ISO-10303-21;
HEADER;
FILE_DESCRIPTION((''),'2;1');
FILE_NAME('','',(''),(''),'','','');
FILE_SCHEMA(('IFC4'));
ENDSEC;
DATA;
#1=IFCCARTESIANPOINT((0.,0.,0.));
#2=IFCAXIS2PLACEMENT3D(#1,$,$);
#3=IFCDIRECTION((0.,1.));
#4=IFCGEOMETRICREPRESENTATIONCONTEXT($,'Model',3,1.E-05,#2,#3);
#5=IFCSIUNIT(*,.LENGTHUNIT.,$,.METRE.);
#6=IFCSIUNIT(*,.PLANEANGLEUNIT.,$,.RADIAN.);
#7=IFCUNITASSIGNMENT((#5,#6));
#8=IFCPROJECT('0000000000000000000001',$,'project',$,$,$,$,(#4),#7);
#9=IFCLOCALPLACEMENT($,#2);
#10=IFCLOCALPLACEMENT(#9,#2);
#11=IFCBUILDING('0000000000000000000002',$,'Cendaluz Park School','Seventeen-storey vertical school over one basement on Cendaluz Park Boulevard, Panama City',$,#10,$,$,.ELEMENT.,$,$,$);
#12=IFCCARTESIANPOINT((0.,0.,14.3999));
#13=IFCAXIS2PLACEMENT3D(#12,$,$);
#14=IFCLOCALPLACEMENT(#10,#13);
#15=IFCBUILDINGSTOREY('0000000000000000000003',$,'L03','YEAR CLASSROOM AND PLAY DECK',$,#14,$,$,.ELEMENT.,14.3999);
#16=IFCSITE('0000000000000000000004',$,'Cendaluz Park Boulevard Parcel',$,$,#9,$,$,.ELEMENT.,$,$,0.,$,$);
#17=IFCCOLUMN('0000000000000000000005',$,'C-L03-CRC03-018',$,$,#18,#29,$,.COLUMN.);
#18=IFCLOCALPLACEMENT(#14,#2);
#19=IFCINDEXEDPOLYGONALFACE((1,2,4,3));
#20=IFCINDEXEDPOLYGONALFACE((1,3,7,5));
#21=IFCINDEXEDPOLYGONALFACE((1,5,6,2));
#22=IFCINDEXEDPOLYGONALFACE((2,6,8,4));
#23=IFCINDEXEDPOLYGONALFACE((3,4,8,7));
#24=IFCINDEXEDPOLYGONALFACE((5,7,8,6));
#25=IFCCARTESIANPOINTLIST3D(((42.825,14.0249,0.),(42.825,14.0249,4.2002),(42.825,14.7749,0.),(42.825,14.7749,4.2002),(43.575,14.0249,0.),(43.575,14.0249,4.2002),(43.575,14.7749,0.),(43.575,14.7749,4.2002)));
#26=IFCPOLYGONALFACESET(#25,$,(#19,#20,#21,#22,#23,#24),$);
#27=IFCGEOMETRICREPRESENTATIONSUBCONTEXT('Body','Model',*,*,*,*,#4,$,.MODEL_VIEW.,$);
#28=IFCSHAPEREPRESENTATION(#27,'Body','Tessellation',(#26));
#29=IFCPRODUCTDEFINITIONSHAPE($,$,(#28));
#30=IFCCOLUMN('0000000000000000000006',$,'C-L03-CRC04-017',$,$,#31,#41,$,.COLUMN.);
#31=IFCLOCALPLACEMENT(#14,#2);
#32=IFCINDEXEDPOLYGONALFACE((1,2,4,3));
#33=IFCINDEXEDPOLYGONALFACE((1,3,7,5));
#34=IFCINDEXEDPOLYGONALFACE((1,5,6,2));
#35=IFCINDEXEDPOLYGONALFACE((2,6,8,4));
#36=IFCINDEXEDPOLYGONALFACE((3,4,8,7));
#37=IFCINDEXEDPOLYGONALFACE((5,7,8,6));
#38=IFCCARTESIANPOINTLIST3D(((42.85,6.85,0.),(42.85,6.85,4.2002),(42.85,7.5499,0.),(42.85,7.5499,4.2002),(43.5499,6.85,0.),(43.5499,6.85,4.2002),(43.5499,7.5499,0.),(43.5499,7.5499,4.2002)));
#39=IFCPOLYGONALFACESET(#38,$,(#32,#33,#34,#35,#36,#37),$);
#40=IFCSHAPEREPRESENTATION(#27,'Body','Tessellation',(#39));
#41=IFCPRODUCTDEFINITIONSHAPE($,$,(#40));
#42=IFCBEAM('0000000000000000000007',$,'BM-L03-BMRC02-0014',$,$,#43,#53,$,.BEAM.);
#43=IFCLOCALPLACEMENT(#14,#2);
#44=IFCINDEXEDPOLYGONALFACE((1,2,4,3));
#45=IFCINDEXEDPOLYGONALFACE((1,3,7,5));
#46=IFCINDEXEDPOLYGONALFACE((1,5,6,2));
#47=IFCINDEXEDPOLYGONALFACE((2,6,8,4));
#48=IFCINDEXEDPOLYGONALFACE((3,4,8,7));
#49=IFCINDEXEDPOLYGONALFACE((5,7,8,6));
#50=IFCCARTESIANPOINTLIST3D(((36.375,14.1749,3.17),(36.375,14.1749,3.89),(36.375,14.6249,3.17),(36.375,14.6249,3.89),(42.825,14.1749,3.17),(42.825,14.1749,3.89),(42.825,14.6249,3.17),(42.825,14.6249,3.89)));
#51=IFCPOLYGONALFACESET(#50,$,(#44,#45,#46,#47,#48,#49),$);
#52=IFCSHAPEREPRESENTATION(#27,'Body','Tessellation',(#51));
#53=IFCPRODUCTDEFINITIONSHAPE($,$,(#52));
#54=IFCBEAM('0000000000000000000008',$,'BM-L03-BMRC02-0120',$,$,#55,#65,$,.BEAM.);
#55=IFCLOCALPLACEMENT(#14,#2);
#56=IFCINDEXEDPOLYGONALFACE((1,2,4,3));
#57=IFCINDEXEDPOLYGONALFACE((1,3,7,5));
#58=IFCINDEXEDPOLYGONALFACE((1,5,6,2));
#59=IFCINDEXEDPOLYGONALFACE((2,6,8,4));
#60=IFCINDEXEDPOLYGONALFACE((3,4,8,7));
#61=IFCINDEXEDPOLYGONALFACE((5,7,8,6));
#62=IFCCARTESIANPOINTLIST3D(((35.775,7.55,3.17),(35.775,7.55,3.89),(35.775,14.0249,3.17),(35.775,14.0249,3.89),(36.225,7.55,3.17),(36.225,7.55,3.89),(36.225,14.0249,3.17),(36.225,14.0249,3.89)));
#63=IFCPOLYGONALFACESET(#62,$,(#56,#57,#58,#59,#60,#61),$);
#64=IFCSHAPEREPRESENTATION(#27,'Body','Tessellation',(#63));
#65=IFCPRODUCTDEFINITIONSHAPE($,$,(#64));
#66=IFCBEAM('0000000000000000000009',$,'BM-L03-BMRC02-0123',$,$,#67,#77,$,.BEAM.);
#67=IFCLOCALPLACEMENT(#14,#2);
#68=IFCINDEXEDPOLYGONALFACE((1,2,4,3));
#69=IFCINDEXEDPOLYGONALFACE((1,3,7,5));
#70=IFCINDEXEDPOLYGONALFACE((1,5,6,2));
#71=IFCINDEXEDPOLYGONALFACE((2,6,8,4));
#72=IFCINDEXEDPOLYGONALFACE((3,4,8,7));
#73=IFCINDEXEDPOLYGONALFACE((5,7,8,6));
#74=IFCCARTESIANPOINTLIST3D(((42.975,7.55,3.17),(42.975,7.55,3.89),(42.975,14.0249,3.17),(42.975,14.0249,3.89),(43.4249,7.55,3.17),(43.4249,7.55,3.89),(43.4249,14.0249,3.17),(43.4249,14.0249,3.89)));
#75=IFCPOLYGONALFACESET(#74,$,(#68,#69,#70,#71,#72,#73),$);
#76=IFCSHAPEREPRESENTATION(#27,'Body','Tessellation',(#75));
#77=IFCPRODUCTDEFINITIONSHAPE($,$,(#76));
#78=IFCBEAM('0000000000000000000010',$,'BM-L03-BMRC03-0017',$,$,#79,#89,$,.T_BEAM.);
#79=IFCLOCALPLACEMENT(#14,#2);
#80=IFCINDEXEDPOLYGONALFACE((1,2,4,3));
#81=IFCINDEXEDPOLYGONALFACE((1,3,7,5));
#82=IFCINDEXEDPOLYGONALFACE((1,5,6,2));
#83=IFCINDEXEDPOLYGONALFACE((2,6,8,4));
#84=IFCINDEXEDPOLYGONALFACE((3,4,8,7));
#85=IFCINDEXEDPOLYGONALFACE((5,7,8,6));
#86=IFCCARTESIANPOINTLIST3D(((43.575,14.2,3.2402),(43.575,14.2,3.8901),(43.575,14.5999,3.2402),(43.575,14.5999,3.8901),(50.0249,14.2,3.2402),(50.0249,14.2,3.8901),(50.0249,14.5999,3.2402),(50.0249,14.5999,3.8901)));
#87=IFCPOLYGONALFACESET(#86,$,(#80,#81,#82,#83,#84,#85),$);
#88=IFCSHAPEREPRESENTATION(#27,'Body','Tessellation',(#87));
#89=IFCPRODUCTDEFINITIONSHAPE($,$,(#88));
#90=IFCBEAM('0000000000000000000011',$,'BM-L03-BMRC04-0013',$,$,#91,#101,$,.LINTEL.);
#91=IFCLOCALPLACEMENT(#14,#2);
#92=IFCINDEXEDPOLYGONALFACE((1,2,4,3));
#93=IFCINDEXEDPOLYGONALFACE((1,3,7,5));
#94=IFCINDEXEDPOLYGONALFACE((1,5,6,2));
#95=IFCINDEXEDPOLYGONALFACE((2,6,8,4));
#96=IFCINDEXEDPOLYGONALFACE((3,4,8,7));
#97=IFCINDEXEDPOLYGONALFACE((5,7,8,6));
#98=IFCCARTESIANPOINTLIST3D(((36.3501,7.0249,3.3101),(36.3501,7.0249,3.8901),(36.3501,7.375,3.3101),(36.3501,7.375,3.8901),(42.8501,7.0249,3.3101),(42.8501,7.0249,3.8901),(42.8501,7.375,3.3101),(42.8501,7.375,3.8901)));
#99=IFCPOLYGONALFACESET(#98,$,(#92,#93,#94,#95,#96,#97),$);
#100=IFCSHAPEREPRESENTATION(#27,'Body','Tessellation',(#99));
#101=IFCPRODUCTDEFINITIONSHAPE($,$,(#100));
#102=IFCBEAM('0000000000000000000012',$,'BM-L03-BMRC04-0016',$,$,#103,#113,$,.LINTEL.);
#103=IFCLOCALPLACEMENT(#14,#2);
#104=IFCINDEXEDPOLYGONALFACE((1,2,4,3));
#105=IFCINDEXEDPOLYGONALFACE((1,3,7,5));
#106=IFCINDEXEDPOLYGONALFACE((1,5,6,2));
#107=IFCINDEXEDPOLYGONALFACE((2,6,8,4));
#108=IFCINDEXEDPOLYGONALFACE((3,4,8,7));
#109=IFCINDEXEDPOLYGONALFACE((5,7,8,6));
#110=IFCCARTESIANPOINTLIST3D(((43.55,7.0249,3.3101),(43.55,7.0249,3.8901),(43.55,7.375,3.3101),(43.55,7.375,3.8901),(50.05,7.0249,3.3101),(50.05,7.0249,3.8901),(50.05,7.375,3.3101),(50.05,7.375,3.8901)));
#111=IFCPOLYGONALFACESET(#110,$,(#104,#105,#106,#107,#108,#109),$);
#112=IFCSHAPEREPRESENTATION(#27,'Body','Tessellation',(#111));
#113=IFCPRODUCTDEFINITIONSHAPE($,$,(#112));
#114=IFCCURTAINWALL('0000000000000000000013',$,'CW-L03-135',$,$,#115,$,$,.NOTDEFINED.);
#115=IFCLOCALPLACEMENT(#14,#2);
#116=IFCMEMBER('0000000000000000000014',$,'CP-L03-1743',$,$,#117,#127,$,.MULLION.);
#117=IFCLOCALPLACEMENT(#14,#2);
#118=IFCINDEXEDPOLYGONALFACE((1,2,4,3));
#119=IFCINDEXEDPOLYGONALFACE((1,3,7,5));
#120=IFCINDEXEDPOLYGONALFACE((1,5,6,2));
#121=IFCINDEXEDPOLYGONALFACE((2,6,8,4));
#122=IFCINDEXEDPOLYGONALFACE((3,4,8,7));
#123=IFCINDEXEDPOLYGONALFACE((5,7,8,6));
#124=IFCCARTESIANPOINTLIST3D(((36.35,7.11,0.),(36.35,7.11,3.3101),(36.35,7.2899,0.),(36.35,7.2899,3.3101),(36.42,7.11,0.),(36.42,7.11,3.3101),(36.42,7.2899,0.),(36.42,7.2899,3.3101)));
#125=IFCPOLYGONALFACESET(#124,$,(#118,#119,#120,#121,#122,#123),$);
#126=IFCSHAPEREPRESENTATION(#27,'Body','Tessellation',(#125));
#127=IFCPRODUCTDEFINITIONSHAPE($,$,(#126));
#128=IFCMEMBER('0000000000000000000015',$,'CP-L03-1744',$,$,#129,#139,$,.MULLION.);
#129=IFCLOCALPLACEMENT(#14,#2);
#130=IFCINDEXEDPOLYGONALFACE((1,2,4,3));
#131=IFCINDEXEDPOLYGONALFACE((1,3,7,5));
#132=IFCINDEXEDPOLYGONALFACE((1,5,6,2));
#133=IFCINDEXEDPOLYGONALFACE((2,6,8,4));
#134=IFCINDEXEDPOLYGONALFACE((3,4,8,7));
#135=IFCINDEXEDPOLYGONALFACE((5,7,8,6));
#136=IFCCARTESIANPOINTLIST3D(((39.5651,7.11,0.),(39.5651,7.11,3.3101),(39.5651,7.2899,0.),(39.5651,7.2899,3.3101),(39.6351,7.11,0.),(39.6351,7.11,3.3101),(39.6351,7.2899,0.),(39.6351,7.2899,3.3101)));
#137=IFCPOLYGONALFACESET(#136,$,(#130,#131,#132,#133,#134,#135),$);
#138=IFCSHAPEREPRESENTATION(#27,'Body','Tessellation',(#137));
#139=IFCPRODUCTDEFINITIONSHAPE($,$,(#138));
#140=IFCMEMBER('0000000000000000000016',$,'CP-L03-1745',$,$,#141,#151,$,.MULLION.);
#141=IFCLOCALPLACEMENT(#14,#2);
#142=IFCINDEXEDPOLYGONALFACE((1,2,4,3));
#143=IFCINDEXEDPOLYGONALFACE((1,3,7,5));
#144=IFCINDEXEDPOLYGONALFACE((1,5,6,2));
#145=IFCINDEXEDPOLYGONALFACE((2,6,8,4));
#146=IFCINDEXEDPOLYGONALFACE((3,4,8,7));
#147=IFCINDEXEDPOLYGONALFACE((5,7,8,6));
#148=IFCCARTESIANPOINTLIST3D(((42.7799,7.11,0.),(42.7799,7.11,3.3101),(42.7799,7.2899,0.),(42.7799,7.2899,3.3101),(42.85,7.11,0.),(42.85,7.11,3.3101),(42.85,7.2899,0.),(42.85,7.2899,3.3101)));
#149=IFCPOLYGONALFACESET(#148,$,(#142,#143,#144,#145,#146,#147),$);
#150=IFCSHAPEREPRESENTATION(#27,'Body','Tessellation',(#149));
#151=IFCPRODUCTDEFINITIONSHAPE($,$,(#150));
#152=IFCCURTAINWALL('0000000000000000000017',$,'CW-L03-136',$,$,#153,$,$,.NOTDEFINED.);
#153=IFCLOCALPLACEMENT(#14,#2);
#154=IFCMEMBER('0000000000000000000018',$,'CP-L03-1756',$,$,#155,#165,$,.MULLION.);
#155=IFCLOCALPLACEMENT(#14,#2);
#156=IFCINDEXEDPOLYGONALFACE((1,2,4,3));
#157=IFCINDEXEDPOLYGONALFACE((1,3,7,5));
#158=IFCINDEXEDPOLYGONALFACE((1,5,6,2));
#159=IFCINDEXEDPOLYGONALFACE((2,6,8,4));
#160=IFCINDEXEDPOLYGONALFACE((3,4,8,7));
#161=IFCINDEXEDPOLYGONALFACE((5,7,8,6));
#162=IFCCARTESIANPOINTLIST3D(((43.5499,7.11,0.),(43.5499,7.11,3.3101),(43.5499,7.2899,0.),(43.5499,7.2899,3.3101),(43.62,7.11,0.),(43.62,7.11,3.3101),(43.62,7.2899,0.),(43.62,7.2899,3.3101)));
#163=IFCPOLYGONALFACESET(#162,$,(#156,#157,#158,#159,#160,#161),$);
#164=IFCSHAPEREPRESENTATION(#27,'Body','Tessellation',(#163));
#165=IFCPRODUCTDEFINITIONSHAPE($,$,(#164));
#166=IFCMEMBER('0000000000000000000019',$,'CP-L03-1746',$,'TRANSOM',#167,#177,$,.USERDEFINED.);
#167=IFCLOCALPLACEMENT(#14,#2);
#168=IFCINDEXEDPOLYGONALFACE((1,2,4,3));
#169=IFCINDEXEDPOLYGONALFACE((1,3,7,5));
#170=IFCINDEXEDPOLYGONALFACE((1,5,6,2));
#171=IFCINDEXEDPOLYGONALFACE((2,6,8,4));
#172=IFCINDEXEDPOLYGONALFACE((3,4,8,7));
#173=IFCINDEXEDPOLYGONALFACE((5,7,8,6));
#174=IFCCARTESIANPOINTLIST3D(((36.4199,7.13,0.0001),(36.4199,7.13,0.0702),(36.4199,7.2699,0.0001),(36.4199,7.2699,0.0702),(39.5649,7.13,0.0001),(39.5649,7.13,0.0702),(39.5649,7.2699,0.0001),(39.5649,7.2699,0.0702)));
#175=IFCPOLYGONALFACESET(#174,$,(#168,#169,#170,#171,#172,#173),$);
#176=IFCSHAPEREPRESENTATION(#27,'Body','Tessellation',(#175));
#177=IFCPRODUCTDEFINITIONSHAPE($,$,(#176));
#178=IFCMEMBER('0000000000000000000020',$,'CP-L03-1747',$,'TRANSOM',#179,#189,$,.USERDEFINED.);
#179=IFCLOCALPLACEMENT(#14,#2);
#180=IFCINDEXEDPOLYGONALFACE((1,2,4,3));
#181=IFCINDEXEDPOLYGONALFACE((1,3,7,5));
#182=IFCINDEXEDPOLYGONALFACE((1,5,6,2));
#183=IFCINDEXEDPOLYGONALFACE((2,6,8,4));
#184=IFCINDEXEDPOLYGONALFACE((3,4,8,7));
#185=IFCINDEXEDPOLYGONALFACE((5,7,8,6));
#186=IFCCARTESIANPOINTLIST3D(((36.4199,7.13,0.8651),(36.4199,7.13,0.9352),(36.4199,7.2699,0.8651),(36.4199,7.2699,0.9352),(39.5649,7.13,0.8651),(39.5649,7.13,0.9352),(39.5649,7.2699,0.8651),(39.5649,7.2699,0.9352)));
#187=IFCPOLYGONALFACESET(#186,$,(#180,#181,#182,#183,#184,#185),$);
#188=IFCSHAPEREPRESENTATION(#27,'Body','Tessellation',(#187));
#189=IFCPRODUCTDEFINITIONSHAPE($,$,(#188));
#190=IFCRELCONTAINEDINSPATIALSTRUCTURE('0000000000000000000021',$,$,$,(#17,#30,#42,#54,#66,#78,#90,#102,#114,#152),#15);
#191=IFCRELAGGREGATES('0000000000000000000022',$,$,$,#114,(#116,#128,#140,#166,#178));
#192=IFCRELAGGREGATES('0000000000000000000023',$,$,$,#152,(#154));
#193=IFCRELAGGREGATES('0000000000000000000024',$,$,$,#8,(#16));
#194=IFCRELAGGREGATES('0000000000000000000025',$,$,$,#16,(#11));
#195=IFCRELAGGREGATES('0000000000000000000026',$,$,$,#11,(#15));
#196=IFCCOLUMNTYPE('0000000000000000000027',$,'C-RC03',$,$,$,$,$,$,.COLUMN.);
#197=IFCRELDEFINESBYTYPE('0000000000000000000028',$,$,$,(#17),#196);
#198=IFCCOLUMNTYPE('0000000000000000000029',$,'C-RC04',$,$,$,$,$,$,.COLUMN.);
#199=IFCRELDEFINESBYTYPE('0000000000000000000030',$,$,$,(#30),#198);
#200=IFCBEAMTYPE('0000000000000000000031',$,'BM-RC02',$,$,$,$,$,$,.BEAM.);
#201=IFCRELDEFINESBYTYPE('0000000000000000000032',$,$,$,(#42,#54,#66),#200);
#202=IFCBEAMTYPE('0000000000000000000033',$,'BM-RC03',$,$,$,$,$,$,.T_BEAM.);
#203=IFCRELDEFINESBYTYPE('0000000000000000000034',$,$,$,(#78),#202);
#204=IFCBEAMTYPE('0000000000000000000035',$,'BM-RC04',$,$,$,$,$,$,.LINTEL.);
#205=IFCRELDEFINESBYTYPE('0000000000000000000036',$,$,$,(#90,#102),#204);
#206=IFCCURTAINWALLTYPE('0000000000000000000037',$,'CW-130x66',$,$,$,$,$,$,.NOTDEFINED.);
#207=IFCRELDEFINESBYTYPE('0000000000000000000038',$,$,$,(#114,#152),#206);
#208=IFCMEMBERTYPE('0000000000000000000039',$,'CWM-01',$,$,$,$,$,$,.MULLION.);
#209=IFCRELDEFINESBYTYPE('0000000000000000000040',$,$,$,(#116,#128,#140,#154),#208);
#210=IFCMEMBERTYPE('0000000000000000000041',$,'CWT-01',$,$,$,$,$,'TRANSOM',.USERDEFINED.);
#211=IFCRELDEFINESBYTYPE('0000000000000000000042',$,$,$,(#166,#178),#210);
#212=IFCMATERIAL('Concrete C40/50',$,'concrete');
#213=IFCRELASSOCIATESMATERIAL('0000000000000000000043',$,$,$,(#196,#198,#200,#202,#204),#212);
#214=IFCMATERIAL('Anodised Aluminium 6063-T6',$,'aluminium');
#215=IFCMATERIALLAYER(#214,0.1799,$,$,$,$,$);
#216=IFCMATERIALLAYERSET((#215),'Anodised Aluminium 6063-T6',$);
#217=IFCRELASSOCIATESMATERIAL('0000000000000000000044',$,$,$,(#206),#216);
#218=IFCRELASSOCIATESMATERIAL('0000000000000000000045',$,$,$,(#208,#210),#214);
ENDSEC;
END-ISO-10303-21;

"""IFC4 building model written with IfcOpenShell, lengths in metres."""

from ifc_helpers import new_model, si_unit, direction, frame, origin, origin_2d, place, context, subcontext, project, spatial, rectangle, extrude, material, layer, layer_set, material_profile, profile_set, type_object, element, aggregate, save


model = new_model("IFC4")

# Units and contexts
model_context = context("Model", 3, precision=1e-05, world=origin(), true_north=direction((0.0, 1.0)))
body_context = subcontext(model_context, "Body", "Model", "MODEL_VIEW")
ifc_project = project(units=[si_unit("LENGTHUNIT", "METRE"), si_unit("PLANEANGLEUNIT", "RADIAN")], contexts=[model_context])

# Site, building, storey
site_placement = place(None, origin())
site = spatial("IfcSite", under=ifc_project, at=site_placement, Name="Cendaluz Park Boulevard Parcel", CompositionType="ELEMENT", RefElevation=0.0)
building_placement = place(site_placement, origin())
building = spatial("IfcBuilding", under=site, at=building_placement, Name="Cendaluz Park School", Description="Seventeen-storey vertical school over one basement on Cendaluz Park Boulevard, Panama City", CompositionType="ELEMENT")
storey_placement = place(building_placement, frame((0.0, 0.0, 14.3999)))
storey = spatial("IfcBuildingStorey", under=building, at=storey_placement, Name="L03", Description="YEAR CLASSROOM AND PLAY DECK", CompositionType="ELEMENT", Elevation=14.3999)

# Columns
ifc_material_1 = material(Name="Concrete C40/50", Category="concrete")
ifc_material_profile_1 = material_profile(ifc_material_1, rectangle(XDim=0.75, YDim=0.75, at=origin_2d()), Name="RC 750x750", Category="concrete")
ifc_profile_set_1 = profile_set([ifc_material_profile_1], Name="Concrete C40/50")
column_type_1 = type_object("IfcColumnType", Name="C-RC03", PredefinedType="COLUMN", material=ifc_profile_set_1)
column_1_placement = place(storey_placement, frame((43.2, 14.3999, 0.0), z_axis=(0.0, 0.0, 1.0), x_axis=(1.0, 0.0, 0.0)))
element("IfcColumn", 1, at=column_1_placement, inside=storey, type_object=column_type_1, Name="C-L03-CRC03-018", PredefinedType="COLUMN", context=body_context, shape_type="SweptSolid", body=[
    extrude(rectangle(XDim=0.75, YDim=0.75, at=origin_2d()), origin(), (0.0, 0.0, 1.0), 4.2002),
])
ifc_material_profile_2 = material_profile(ifc_material_1, rectangle(XDim=0.7, YDim=0.7, at=origin_2d()), Name="RC 700x700", Category="concrete")
ifc_profile_set_2 = profile_set([ifc_material_profile_2], Name="Concrete C40/50")
column_type_2 = type_object("IfcColumnType", Name="C-RC04", PredefinedType="COLUMN", material=ifc_profile_set_2)
column_2_placement = place(storey_placement, frame((43.2, 7.2, 0.0), z_axis=(0.0, 0.0, 1.0), x_axis=(1.0, 0.0, 0.0)))
element("IfcColumn", 2, at=column_2_placement, inside=storey, type_object=column_type_2, Name="C-L03-CRC04-017", PredefinedType="COLUMN", context=body_context, shape_type="SweptSolid", body=[
    extrude(rectangle(XDim=0.7, YDim=0.7, at=origin_2d()), origin(), (0.0, 0.0, 1.0), 4.2002),
])

# Beams
ifc_material_profile_3 = material_profile(ifc_material_1, rectangle(XDim=0.45, YDim=0.72, at=origin_2d()), Name="RC 450x720", Category="concrete")
ifc_profile_set_3 = profile_set([ifc_material_profile_3], Name="Concrete C40/50")
beam_type_1 = type_object("IfcBeamType", Name="BM-RC02", PredefinedType="BEAM", material=ifc_profile_set_3)
beam_1_placement = place(storey_placement, frame((36.375, 14.3999, 3.53), z_axis=(1.0, 0.0, 0.0), x_axis=(0.0, 1.0, 0.0)))
element("IfcBeam", 3, at=beam_1_placement, inside=storey, type_object=beam_type_1, Name="BM-L03-BMRC02-0014", PredefinedType="BEAM", context=body_context, shape_type="SweptSolid", body=[
    extrude(rectangle(XDim=0.45, YDim=0.72, at=origin_2d()), origin(), (0.0, 0.0, 1.0), 6.45),
])
for number, where, z_axis, x_axis, name in (
    (4, (36.0, 7.55, 3.53), (0.0, 1.0, 0.0), (-1.0, 0.0, 0.0), "BM-L03-BMRC02-0120"),
    (5, (43.2, 7.55, 3.53), (0.0, 1.0, 0.0), (-1.0, 0.0, 0.0), "BM-L03-BMRC02-0123"),
):
    element("IfcBeam", number, at=place(storey_placement, frame(where, z_axis=z_axis, x_axis=x_axis)), inside=storey, type_object=beam_type_1, Name=name, PredefinedType="BEAM", context=body_context, shape_type="SweptSolid", body=[
        extrude(rectangle(XDim=0.45, YDim=0.72, at=origin_2d()), origin(), (0.0, 0.0, 1.0), 6.4749),
    ])
ifc_material_profile_4 = material_profile(ifc_material_1, rectangle(XDim=0.3999, YDim=0.6499, at=origin_2d()), Name="RC 400x650", Category="concrete")
ifc_profile_set_4 = profile_set([ifc_material_profile_4], Name="Concrete C40/50")
beam_type_2 = type_object("IfcBeamType", Name="BM-RC03", PredefinedType="T_BEAM", material=ifc_profile_set_4)
beam_2_placement = place(storey_placement, frame((43.575, 14.3999, 3.5652), z_axis=(1.0, 0.0, 0.0), x_axis=(0.0, 1.0, 0.0)))
element("IfcBeam", 6, at=beam_2_placement, inside=storey, type_object=beam_type_2, Name="BM-L03-BMRC03-0017", PredefinedType="T_BEAM", context=body_context, shape_type="SweptSolid", body=[
    extrude(rectangle(XDim=0.3999, YDim=0.6499, at=origin_2d()), origin(), (0.0, 0.0, 1.0), 6.45),
])
ifc_material_profile_5 = material_profile(ifc_material_1, rectangle(XDim=0.3501, YDim=0.5801, at=origin_2d()), Name="RC 350x580", Category="concrete")
ifc_profile_set_5 = profile_set([ifc_material_profile_5], Name="Concrete C40/50")
beam_type_3 = type_object("IfcBeamType", Name="BM-RC04", PredefinedType="LINTEL", material=ifc_profile_set_5)
for number, where, z_axis, x_axis, name in (
    (7, (36.3501, 7.2, 3.6001), (1.0, 0.0, 0.0), (0.0, 1.0, 0.0), "BM-L03-BMRC04-0013"),
    (8, (43.55, 7.2, 3.6001), (1.0, 0.0, 0.0), (0.0, 1.0, 0.0), "BM-L03-BMRC04-0016"),
):
    element("IfcBeam", number, at=place(storey_placement, frame(where, z_axis=z_axis, x_axis=x_axis)), inside=storey, type_object=beam_type_3, Name=name, PredefinedType="LINTEL", context=body_context, shape_type="SweptSolid", body=[
        extrude(rectangle(XDim=0.3501, YDim=0.5801, at=origin_2d()), origin(), (0.0, 0.0, 1.0), 6.5),
    ])

# Curtain wall, members
ifc_material_2 = material(Name="Anodised Aluminium 6063-T6", Category="aluminium")
ifc_layer_1 = layer(ifc_material_2, 0.1799)
ifc_layer_set_1 = layer_set([ifc_layer_1], Name="Anodised Aluminium 6063-T6")
curtain_wall_type = type_object("IfcCurtainWallType", Name="CW-130x66", PredefinedType="NOTDEFINED", material=ifc_layer_set_1)
curtain_wall_1_placement = place(storey_placement, origin())
curtain_wall_1 = element("IfcCurtainWall", 9, at=curtain_wall_1_placement, inside=storey, type_object=curtain_wall_type, Name="CW-L03-135", PredefinedType="NOTDEFINED")
ifc_material_profile_6 = material_profile(ifc_material_2, rectangle(XDim=0.1799, YDim=0.0701, at=origin_2d()), Name="CWM 180x70", Category="aluminium")
ifc_profile_set_6 = profile_set([ifc_material_profile_6], Name="Anodised Aluminium 6063-T6")
member_type_1 = type_object("IfcMemberType", Name="CWM-01", PredefinedType="MULLION", material=ifc_profile_set_6)
member_1_placement = place(storey_placement, frame((36.385, 7.2, 0.0), z_axis=(0.0, 0.0, 1.0), x_axis=(0.0, 1.0, 0.0)))
member_1 = element("IfcMember", 10, at=member_1_placement, type_object=member_type_1, Name="CP-L03-1743", PredefinedType="MULLION", context=body_context, shape_type="SweptSolid", body=[
    extrude(rectangle(XDim=0.1799, YDim=0.0701, at=origin_2d()), origin(), (0.0, 0.0, 1.0), 3.3101),
])
member_2_placement = place(storey_placement, frame((39.6001, 7.2, 0.0), z_axis=(0.0, 0.0, 1.0), x_axis=(0.0, 1.0, 0.0)))
member_2 = element("IfcMember", 11, at=member_2_placement, type_object=member_type_1, Name="CP-L03-1744", PredefinedType="MULLION", context=body_context, shape_type="SweptSolid", body=[
    extrude(rectangle(XDim=0.1799, YDim=0.0701, at=origin_2d()), origin(), (0.0, 0.0, 1.0), 3.3101),
])
member_3_placement = place(storey_placement, frame((42.8149, 7.2, 0.0), z_axis=(0.0, 0.0, 1.0), x_axis=(0.0, 1.0, 0.0)))
member_3 = element("IfcMember", 12, at=member_3_placement, type_object=member_type_1, Name="CP-L03-1745", PredefinedType="MULLION", context=body_context, shape_type="SweptSolid", body=[
    extrude(rectangle(XDim=0.1799, YDim=0.0701, at=origin_2d()), origin(), (0.0, 0.0, 1.0), 3.3101),
])

# Curtain wall, member
curtain_wall_2_placement = place(storey_placement, origin())
curtain_wall_2 = element("IfcCurtainWall", 13, at=curtain_wall_2_placement, inside=storey, type_object=curtain_wall_type, Name="CW-L03-136", PredefinedType="NOTDEFINED")
member_4_placement = place(storey_placement, frame((43.585, 7.2, 0.0), z_axis=(0.0, 0.0, 1.0), x_axis=(0.0, 1.0, 0.0)))
member_4 = element("IfcMember", 14, at=member_4_placement, type_object=member_type_1, Name="CP-L03-1756", PredefinedType="MULLION", context=body_context, shape_type="SweptSolid", body=[
    extrude(rectangle(XDim=0.1799, YDim=0.0701, at=origin_2d()), origin(), (0.0, 0.0, 1.0), 3.3101),
])

# Members
ifc_material_profile_7 = material_profile(ifc_material_2, rectangle(XDim=0.1399, YDim=0.0701, at=origin_2d()), Name="CWT 140x70", Category="aluminium")
ifc_profile_set_7 = profile_set([ifc_material_profile_7], Name="Anodised Aluminium 6063-T6")
member_type_2 = type_object("IfcMemberType", Name="CWT-01", ElementType="TRANSOM", PredefinedType="USERDEFINED", material=ifc_profile_set_7)
member_5_placement = place(storey_placement, frame((36.4199, 7.2, 0.0352), z_axis=(1.0, 0.0, 0.0), x_axis=(0.0, 1.0, 0.0)))
member_5 = element("IfcMember", 15, at=member_5_placement, type_object=member_type_2, Name="CP-L03-1746", ObjectType="TRANSOM", PredefinedType="USERDEFINED", context=body_context, shape_type="SweptSolid", body=[
    extrude(rectangle(XDim=0.1399, YDim=0.0701, at=origin_2d()), origin(), (0.0, 0.0, 1.0), 3.145),
])
member_6_placement = place(storey_placement, frame((36.4199, 7.2, 0.9001), z_axis=(1.0, 0.0, 0.0), x_axis=(0.0, 1.0, 0.0)))
member_6 = element("IfcMember", 16, at=member_6_placement, type_object=member_type_2, Name="CP-L03-1747", ObjectType="TRANSOM", PredefinedType="USERDEFINED", context=body_context, shape_type="SweptSolid", body=[
    extrude(rectangle(XDim=0.1399, YDim=0.0701, at=origin_2d()), origin(), (0.0, 0.0, 1.0), 3.145),
])

aggregate(curtain_wall_1, [member_1, member_2, member_3, member_5, member_6])
aggregate(curtain_wall_2, [member_4])

save(model, "model.ifc")
